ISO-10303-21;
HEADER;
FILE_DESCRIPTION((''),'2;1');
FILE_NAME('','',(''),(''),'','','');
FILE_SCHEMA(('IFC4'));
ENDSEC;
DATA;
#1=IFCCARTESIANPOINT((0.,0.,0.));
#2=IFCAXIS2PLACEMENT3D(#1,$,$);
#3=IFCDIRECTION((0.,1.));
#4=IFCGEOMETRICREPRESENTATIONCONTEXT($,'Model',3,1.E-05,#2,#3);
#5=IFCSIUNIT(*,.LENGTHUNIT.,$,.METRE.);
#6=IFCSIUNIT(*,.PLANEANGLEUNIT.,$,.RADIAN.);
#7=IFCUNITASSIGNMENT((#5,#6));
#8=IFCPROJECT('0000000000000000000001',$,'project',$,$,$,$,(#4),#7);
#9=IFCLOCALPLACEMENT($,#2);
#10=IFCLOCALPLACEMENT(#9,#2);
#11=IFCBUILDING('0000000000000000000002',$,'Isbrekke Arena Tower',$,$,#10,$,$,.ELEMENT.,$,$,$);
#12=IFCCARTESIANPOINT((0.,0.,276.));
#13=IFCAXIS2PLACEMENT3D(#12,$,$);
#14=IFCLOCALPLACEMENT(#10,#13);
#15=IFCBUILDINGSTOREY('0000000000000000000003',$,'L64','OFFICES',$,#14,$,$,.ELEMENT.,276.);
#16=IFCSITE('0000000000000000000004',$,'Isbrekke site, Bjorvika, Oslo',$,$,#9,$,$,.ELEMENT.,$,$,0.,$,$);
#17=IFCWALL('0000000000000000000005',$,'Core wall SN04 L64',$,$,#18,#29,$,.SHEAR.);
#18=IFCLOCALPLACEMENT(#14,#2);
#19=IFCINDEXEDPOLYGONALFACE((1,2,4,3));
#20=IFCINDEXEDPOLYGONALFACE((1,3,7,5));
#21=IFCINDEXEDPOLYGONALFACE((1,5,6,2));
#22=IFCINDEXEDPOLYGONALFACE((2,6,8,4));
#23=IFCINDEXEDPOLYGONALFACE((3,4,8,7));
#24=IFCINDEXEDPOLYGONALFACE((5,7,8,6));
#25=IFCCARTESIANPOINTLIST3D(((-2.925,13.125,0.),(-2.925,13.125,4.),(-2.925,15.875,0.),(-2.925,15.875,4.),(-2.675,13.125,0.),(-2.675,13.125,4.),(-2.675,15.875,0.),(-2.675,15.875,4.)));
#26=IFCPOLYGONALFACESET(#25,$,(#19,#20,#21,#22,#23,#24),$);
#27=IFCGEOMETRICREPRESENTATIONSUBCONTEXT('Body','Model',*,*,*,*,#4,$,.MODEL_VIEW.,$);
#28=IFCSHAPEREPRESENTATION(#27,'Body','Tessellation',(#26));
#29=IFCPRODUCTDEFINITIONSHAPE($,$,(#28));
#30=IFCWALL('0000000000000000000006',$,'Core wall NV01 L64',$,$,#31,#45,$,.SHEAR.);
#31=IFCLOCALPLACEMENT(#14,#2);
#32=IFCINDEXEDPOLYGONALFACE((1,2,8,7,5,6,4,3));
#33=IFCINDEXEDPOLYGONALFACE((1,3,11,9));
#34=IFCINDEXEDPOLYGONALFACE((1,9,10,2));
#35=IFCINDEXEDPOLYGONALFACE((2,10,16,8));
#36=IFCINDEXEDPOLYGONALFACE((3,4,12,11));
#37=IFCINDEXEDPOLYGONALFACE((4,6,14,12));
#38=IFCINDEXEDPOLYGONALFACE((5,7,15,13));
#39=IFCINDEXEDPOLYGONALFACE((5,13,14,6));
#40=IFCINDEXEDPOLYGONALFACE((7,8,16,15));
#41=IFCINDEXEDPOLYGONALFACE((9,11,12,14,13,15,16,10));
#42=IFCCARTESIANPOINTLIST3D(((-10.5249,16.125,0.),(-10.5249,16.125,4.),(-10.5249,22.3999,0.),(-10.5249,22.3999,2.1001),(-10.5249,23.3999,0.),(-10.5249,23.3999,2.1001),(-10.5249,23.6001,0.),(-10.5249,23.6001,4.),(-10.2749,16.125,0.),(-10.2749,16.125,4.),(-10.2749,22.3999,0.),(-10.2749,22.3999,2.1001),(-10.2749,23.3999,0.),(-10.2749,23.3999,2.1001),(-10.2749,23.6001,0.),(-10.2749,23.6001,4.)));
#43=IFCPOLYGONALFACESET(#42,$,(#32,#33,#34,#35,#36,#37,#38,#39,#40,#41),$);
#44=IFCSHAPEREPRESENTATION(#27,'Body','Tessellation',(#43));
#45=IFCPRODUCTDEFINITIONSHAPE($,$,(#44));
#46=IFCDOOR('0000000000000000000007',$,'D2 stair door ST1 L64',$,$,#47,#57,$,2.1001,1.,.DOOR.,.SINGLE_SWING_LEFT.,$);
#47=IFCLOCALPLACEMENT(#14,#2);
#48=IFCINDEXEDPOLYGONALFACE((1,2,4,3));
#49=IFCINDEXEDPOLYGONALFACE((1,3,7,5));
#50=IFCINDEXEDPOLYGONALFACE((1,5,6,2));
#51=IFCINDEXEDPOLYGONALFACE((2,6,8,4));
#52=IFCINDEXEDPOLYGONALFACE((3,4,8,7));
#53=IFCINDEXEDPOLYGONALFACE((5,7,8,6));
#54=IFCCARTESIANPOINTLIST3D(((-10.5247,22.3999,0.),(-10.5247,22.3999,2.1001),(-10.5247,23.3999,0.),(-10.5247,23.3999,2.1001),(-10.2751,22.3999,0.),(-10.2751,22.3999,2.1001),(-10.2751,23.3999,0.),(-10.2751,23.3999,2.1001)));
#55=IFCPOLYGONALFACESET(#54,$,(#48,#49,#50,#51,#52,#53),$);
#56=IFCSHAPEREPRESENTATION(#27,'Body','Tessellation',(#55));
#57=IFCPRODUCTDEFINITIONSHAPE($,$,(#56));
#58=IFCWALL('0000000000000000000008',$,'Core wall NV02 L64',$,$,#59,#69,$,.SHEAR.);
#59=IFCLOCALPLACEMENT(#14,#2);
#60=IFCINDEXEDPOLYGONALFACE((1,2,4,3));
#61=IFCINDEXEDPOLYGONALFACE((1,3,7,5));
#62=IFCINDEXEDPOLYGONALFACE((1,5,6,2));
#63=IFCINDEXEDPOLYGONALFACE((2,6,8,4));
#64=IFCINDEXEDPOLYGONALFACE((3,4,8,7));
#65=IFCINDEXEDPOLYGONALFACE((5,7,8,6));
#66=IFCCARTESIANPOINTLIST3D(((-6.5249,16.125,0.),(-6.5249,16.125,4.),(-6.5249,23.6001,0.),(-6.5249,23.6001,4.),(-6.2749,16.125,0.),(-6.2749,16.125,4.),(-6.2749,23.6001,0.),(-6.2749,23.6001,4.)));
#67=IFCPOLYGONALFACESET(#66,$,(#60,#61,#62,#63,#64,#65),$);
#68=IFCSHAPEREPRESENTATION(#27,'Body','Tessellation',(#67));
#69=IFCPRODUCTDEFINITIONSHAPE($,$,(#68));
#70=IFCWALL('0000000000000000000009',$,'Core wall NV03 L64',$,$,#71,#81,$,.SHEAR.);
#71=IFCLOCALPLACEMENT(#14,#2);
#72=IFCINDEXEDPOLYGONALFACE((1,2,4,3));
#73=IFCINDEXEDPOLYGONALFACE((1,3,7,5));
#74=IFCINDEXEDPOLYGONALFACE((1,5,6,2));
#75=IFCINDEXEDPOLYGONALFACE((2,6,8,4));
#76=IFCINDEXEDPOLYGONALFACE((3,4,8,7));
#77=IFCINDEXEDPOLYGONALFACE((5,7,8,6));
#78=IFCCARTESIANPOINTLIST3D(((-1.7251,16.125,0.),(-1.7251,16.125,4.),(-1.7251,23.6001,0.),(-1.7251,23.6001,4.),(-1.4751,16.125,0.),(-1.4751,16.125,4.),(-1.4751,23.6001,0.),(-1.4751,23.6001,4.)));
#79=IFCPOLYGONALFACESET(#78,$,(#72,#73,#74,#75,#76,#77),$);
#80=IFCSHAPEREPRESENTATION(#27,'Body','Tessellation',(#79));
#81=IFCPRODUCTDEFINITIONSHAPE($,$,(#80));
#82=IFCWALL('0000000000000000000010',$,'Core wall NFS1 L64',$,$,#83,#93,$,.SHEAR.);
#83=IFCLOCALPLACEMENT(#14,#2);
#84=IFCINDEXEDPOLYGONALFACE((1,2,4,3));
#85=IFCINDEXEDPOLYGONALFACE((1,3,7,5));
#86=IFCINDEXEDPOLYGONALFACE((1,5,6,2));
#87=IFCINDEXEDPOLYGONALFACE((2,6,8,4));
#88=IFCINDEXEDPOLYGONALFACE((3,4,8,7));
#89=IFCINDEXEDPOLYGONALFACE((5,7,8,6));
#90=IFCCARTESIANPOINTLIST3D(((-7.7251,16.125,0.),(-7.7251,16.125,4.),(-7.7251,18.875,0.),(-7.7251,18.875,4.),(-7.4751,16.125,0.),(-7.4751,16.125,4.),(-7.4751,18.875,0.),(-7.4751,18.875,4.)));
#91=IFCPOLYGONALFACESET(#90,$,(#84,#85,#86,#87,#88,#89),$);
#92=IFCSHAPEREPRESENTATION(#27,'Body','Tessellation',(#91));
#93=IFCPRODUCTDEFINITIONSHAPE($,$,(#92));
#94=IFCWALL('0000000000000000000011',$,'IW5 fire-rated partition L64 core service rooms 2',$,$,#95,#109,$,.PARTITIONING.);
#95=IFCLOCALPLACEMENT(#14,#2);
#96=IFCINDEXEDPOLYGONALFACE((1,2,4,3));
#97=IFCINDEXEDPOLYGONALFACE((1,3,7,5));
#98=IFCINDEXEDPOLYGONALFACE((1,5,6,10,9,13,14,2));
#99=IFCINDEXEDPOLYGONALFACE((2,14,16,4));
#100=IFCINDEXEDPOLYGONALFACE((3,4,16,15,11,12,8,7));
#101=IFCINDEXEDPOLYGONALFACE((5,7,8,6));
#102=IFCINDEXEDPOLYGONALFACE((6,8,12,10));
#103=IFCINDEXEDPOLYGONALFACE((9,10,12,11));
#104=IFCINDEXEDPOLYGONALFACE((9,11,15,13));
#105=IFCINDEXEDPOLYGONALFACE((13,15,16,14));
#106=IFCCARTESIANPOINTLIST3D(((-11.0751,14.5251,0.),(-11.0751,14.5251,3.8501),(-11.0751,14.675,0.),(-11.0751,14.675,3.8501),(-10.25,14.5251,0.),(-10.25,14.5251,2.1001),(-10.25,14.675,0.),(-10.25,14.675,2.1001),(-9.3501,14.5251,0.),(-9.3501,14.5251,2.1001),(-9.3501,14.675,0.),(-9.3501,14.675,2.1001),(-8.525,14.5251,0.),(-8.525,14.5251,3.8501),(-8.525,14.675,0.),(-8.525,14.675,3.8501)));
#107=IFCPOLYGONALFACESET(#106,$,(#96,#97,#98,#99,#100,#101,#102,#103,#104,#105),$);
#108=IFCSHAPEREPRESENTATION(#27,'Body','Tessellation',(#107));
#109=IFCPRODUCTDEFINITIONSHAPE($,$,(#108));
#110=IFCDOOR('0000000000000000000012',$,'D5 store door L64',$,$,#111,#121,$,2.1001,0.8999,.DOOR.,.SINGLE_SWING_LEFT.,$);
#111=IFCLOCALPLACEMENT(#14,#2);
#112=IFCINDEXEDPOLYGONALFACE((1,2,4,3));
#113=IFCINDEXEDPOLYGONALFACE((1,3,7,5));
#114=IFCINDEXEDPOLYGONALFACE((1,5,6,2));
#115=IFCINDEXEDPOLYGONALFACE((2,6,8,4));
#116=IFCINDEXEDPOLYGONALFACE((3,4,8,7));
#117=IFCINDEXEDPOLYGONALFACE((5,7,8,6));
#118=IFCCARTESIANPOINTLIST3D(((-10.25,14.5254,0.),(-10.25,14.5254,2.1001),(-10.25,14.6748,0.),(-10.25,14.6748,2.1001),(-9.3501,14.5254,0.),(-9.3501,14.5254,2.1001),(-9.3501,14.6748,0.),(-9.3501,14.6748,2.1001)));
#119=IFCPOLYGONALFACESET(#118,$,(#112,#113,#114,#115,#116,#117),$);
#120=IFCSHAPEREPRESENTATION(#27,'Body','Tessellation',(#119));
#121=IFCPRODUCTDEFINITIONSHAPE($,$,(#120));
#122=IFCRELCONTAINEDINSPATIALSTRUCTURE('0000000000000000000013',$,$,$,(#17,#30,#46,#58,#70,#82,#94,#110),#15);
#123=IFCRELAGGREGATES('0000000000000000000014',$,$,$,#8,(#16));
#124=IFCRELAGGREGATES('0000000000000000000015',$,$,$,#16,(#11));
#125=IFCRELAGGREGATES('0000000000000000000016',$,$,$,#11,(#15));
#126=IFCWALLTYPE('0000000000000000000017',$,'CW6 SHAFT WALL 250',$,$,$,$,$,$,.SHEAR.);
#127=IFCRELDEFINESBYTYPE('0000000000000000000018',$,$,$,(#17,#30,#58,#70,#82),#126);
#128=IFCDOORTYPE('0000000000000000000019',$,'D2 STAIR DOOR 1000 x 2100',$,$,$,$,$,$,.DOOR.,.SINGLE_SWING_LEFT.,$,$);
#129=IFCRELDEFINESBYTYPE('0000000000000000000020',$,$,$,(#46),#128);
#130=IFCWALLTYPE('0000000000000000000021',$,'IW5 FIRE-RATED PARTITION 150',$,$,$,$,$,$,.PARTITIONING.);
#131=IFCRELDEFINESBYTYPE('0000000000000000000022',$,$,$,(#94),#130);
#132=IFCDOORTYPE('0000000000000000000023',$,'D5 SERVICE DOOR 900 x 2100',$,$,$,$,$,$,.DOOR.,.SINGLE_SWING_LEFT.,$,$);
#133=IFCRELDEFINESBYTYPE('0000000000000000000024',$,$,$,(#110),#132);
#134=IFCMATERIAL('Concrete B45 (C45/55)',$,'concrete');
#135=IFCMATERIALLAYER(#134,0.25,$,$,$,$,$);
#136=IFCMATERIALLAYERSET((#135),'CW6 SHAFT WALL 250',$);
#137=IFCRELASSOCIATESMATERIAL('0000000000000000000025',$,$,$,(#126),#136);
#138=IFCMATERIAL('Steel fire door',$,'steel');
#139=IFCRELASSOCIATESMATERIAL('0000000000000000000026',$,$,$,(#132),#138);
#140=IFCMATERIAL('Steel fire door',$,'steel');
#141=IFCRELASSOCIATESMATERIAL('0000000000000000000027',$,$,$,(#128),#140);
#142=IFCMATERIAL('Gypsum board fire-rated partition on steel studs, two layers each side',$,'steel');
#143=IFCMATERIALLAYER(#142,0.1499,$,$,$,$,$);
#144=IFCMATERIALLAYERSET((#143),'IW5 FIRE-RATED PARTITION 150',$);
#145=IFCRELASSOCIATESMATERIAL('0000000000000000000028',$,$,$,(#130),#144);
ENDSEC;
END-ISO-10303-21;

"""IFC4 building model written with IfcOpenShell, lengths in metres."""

from ifc_helpers import new_model, si_unit, direction, frame, frame_2d, origin, place, context, subcontext, project, spatial, rectangle, extrude, material, layer, layer_set, type_object, element, fill, save


model = new_model("IFC4")

# Units and contexts
model_context = context("Model", 3, precision=1e-05, world=origin(), true_north=direction((0.0, 1.0)))
body_context = subcontext(model_context, "Body", "Model", "MODEL_VIEW")
ifc_project = project(units=[si_unit("LENGTHUNIT", "METRE"), si_unit("PLANEANGLEUNIT", "RADIAN")], contexts=[model_context])

# Site, building, storey
site_placement = place(None, origin())
site = spatial("IfcSite", under=ifc_project, at=site_placement, Name="Isbrekke site, Bjorvika, Oslo", CompositionType="ELEMENT", RefElevation=0.0)
building_placement = place(site_placement, origin())
building = spatial("IfcBuilding", under=site, at=building_placement, Name="Isbrekke Arena Tower", CompositionType="ELEMENT")
storey_placement = place(building_placement, frame((0.0, 0.0, 276.0)))
storey = spatial("IfcBuildingStorey", under=building, at=storey_placement, Name="L64", Description="OFFICES", CompositionType="ELEMENT", Elevation=276.0)

# Shared definitions
ifc_material_1 = material(Name="Concrete B45 (C45/55)", Category="concrete")
ifc_layer_1 = layer(ifc_material_1, 0.25)
ifc_layer_set_1 = layer_set([ifc_layer_1], Name="CW6 SHAFT WALL 250")
wall_type_1 = type_object("IfcWallType", Name="CW6 SHAFT WALL 250", PredefinedType="SHEAR", material=ifc_layer_set_1)
ifc_material_2 = material(Name="Steel fire door", Category="steel")
door_type_1 = type_object("IfcDoorType", Name="D5 SERVICE DOOR 900 x 2100", OperationType="SINGLE_SWING_LEFT", PredefinedType="DOOR", material=ifc_material_2)

# Wall
for number, where, z_axis, x_axis, name in (
    (1, (-2.8, 13.125, 0.0), (0.0, 0.0, 1.0), (0.0, 1.0, 0.0), "Core wall SN04 L64"),
):
    element("IfcWall", number, at=place(storey_placement, frame(where, z_axis=z_axis, x_axis=x_axis)), inside=storey, type_object=wall_type_1, Name=name, PredefinedType="SHEAR", context=body_context, shape_type="SweptSolid", body=[
        extrude(rectangle(XDim=2.75, YDim=0.25, at=frame_2d((1.375, 0.0))), origin(), (0.0, 0.0, 1.0), 4.0),
    ])

# Wall, opening, door
wall_1_placement = place(storey_placement, frame((-10.3999, 16.125, 0.0), z_axis=(0.0, 0.0, 1.0), x_axis=(0.0, 1.0, 0.0)))
wall_1 = element("IfcWall", 2, at=wall_1_placement, inside=storey, type_object=wall_type_1, Name="Core wall NV01 L64", PredefinedType="SHEAR", context=body_context, shape_type="SweptSolid", body=[
    extrude(rectangle(XDim=7.4751, YDim=0.25, at=frame_2d((3.7375, 0.0))), origin(), (0.0, 0.0, 1.0), 4.0),
])
opening_1_placement = place(wall_1_placement, frame((6.2749, 0.0, 0.0)))
opening_1 = element("IfcOpeningElement", 3, at=opening_1_placement, cuts=wall_1, PredefinedType="OPENING", context=body_context, shape_type="SweptSolid", body=[
    extrude(rectangle(XDim=1.0, YDim=2.1001, at=frame_2d((0.5, 1.05))), frame((0.0, 0.1399, 0.0), z_axis=(0.0, -1.0, 0.0), x_axis=(1.0, 0.0, 0.0)), (0.0, 0.0, 1.0), 0.2798),
])
ifc_material_3 = material(Name="Steel fire door", Category="steel")
door_type_2 = type_object("IfcDoorType", Name="D2 STAIR DOOR 1000 x 2100", OperationType="SINGLE_SWING_LEFT", PredefinedType="DOOR", material=ifc_material_3)
door_1_placement = place(opening_1_placement, origin())
door_1 = element("IfcDoor", 4, at=door_1_placement, inside=storey, type_object=door_type_2, Name="D2 stair door ST1 L64", OperationType="SINGLE_SWING_LEFT", OverallHeight=2.1001, OverallWidth=1.0, PredefinedType="DOOR", context=body_context, shape_type="SweptSolid", body=[
    extrude(rectangle(XDim=1.0, YDim=2.1001, at=frame_2d((0.5, 1.05))), frame((0.0, 0.1248, 0.0), z_axis=(0.0, -1.0, 0.0), x_axis=(1.0, 0.0, 0.0)), (0.0, 0.0, 1.0), 0.2495),
])
fill(opening_1, door_1)

# Walls
for number, where, z_axis, x_axis, name in (
    (5, (-6.3999, 16.125, 0.0), (0.0, 0.0, 1.0), (0.0, 1.0, 0.0), "Core wall NV02 L64"),
    (6, (-1.6001, 16.125, 0.0), (0.0, 0.0, 1.0), (0.0, 1.0, 0.0), "Core wall NV03 L64"),
):
    element("IfcWall", number, at=place(storey_placement, frame(where, z_axis=z_axis, x_axis=x_axis)), inside=storey, type_object=wall_type_1, Name=name, PredefinedType="SHEAR", context=body_context, shape_type="SweptSolid", body=[
        extrude(rectangle(XDim=7.4751, YDim=0.25, at=frame_2d((3.7375, 0.0))), origin(), (0.0, 0.0, 1.0), 4.0),
    ])
wall_2_placement = place(storey_placement, frame((-7.6001, 16.125, 0.0), z_axis=(0.0, 0.0, 1.0), x_axis=(0.0, 1.0, 0.0)))
element("IfcWall", 7, at=wall_2_placement, inside=storey, type_object=wall_type_1, Name="Core wall NFS1 L64", PredefinedType="SHEAR", context=body_context, shape_type="SweptSolid", body=[
    extrude(rectangle(XDim=2.75, YDim=0.25, at=frame_2d((1.375, 0.0))), origin(), (0.0, 0.0, 1.0), 4.0),
])

# Wall, opening, door
ifc_material_4 = material(Name="Gypsum board fire-rated partition on steel studs, two layers each side", Category="steel")
ifc_layer_2 = layer(ifc_material_4, 0.1499)
ifc_layer_set_2 = layer_set([ifc_layer_2], Name="IW5 FIRE-RATED PARTITION 150")
wall_type_2 = type_object("IfcWallType", Name="IW5 FIRE-RATED PARTITION 150", PredefinedType="PARTITIONING", material=ifc_layer_set_2)
wall_3_placement = place(storey_placement, frame((-11.075, 14.6001, 0.0), z_axis=(0.0, 0.0, 1.0), x_axis=(1.0, 0.0, 0.0)))
wall_3 = element("IfcWall", 8, at=wall_3_placement, inside=storey, type_object=wall_type_2, Name="IW5 fire-rated partition L64 core service rooms 2", PredefinedType="PARTITIONING", context=body_context, shape_type="SweptSolid", body=[
    extrude(rectangle(XDim=2.55, YDim=0.1499, at=frame_2d((1.2749, 0.0))), origin(), (0.0, 0.0, 1.0), 3.8501),
])
opening_2_placement = place(wall_3_placement, frame((0.825, 0.0, 0.0)))
opening_2 = element("IfcOpeningElement", 9, at=opening_2_placement, cuts=wall_3, PredefinedType="OPENING", context=body_context, shape_type="SweptSolid", body=[
    extrude(rectangle(XDim=0.8999, YDim=2.1001, at=frame_2d((0.45, 1.05))), frame((0.0, 0.0898, 0.0), z_axis=(0.0, -1.0, 0.0), x_axis=(1.0, 0.0, 0.0)), (0.0, 0.0, 1.0), 0.1797),
])
door_2_placement = place(opening_2_placement, origin())
door_2 = element("IfcDoor", 10, at=door_2_placement, inside=storey, type_object=door_type_1, Name="D5 store door L64", OperationType="SINGLE_SWING_LEFT", OverallHeight=2.1001, OverallWidth=0.8999, PredefinedType="DOOR", context=body_context, shape_type="SweptSolid", body=[
    extrude(rectangle(XDim=0.8999, YDim=2.1001, at=frame_2d((0.45, 1.05))), frame((0.0, 0.0747, 0.0), z_axis=(0.0, -1.0, 0.0), x_axis=(1.0, 0.0, 0.0)), (0.0, 0.0, 1.0), 0.1494),
])
fill(opening_2, door_2)

save(model, "model.ifc")
